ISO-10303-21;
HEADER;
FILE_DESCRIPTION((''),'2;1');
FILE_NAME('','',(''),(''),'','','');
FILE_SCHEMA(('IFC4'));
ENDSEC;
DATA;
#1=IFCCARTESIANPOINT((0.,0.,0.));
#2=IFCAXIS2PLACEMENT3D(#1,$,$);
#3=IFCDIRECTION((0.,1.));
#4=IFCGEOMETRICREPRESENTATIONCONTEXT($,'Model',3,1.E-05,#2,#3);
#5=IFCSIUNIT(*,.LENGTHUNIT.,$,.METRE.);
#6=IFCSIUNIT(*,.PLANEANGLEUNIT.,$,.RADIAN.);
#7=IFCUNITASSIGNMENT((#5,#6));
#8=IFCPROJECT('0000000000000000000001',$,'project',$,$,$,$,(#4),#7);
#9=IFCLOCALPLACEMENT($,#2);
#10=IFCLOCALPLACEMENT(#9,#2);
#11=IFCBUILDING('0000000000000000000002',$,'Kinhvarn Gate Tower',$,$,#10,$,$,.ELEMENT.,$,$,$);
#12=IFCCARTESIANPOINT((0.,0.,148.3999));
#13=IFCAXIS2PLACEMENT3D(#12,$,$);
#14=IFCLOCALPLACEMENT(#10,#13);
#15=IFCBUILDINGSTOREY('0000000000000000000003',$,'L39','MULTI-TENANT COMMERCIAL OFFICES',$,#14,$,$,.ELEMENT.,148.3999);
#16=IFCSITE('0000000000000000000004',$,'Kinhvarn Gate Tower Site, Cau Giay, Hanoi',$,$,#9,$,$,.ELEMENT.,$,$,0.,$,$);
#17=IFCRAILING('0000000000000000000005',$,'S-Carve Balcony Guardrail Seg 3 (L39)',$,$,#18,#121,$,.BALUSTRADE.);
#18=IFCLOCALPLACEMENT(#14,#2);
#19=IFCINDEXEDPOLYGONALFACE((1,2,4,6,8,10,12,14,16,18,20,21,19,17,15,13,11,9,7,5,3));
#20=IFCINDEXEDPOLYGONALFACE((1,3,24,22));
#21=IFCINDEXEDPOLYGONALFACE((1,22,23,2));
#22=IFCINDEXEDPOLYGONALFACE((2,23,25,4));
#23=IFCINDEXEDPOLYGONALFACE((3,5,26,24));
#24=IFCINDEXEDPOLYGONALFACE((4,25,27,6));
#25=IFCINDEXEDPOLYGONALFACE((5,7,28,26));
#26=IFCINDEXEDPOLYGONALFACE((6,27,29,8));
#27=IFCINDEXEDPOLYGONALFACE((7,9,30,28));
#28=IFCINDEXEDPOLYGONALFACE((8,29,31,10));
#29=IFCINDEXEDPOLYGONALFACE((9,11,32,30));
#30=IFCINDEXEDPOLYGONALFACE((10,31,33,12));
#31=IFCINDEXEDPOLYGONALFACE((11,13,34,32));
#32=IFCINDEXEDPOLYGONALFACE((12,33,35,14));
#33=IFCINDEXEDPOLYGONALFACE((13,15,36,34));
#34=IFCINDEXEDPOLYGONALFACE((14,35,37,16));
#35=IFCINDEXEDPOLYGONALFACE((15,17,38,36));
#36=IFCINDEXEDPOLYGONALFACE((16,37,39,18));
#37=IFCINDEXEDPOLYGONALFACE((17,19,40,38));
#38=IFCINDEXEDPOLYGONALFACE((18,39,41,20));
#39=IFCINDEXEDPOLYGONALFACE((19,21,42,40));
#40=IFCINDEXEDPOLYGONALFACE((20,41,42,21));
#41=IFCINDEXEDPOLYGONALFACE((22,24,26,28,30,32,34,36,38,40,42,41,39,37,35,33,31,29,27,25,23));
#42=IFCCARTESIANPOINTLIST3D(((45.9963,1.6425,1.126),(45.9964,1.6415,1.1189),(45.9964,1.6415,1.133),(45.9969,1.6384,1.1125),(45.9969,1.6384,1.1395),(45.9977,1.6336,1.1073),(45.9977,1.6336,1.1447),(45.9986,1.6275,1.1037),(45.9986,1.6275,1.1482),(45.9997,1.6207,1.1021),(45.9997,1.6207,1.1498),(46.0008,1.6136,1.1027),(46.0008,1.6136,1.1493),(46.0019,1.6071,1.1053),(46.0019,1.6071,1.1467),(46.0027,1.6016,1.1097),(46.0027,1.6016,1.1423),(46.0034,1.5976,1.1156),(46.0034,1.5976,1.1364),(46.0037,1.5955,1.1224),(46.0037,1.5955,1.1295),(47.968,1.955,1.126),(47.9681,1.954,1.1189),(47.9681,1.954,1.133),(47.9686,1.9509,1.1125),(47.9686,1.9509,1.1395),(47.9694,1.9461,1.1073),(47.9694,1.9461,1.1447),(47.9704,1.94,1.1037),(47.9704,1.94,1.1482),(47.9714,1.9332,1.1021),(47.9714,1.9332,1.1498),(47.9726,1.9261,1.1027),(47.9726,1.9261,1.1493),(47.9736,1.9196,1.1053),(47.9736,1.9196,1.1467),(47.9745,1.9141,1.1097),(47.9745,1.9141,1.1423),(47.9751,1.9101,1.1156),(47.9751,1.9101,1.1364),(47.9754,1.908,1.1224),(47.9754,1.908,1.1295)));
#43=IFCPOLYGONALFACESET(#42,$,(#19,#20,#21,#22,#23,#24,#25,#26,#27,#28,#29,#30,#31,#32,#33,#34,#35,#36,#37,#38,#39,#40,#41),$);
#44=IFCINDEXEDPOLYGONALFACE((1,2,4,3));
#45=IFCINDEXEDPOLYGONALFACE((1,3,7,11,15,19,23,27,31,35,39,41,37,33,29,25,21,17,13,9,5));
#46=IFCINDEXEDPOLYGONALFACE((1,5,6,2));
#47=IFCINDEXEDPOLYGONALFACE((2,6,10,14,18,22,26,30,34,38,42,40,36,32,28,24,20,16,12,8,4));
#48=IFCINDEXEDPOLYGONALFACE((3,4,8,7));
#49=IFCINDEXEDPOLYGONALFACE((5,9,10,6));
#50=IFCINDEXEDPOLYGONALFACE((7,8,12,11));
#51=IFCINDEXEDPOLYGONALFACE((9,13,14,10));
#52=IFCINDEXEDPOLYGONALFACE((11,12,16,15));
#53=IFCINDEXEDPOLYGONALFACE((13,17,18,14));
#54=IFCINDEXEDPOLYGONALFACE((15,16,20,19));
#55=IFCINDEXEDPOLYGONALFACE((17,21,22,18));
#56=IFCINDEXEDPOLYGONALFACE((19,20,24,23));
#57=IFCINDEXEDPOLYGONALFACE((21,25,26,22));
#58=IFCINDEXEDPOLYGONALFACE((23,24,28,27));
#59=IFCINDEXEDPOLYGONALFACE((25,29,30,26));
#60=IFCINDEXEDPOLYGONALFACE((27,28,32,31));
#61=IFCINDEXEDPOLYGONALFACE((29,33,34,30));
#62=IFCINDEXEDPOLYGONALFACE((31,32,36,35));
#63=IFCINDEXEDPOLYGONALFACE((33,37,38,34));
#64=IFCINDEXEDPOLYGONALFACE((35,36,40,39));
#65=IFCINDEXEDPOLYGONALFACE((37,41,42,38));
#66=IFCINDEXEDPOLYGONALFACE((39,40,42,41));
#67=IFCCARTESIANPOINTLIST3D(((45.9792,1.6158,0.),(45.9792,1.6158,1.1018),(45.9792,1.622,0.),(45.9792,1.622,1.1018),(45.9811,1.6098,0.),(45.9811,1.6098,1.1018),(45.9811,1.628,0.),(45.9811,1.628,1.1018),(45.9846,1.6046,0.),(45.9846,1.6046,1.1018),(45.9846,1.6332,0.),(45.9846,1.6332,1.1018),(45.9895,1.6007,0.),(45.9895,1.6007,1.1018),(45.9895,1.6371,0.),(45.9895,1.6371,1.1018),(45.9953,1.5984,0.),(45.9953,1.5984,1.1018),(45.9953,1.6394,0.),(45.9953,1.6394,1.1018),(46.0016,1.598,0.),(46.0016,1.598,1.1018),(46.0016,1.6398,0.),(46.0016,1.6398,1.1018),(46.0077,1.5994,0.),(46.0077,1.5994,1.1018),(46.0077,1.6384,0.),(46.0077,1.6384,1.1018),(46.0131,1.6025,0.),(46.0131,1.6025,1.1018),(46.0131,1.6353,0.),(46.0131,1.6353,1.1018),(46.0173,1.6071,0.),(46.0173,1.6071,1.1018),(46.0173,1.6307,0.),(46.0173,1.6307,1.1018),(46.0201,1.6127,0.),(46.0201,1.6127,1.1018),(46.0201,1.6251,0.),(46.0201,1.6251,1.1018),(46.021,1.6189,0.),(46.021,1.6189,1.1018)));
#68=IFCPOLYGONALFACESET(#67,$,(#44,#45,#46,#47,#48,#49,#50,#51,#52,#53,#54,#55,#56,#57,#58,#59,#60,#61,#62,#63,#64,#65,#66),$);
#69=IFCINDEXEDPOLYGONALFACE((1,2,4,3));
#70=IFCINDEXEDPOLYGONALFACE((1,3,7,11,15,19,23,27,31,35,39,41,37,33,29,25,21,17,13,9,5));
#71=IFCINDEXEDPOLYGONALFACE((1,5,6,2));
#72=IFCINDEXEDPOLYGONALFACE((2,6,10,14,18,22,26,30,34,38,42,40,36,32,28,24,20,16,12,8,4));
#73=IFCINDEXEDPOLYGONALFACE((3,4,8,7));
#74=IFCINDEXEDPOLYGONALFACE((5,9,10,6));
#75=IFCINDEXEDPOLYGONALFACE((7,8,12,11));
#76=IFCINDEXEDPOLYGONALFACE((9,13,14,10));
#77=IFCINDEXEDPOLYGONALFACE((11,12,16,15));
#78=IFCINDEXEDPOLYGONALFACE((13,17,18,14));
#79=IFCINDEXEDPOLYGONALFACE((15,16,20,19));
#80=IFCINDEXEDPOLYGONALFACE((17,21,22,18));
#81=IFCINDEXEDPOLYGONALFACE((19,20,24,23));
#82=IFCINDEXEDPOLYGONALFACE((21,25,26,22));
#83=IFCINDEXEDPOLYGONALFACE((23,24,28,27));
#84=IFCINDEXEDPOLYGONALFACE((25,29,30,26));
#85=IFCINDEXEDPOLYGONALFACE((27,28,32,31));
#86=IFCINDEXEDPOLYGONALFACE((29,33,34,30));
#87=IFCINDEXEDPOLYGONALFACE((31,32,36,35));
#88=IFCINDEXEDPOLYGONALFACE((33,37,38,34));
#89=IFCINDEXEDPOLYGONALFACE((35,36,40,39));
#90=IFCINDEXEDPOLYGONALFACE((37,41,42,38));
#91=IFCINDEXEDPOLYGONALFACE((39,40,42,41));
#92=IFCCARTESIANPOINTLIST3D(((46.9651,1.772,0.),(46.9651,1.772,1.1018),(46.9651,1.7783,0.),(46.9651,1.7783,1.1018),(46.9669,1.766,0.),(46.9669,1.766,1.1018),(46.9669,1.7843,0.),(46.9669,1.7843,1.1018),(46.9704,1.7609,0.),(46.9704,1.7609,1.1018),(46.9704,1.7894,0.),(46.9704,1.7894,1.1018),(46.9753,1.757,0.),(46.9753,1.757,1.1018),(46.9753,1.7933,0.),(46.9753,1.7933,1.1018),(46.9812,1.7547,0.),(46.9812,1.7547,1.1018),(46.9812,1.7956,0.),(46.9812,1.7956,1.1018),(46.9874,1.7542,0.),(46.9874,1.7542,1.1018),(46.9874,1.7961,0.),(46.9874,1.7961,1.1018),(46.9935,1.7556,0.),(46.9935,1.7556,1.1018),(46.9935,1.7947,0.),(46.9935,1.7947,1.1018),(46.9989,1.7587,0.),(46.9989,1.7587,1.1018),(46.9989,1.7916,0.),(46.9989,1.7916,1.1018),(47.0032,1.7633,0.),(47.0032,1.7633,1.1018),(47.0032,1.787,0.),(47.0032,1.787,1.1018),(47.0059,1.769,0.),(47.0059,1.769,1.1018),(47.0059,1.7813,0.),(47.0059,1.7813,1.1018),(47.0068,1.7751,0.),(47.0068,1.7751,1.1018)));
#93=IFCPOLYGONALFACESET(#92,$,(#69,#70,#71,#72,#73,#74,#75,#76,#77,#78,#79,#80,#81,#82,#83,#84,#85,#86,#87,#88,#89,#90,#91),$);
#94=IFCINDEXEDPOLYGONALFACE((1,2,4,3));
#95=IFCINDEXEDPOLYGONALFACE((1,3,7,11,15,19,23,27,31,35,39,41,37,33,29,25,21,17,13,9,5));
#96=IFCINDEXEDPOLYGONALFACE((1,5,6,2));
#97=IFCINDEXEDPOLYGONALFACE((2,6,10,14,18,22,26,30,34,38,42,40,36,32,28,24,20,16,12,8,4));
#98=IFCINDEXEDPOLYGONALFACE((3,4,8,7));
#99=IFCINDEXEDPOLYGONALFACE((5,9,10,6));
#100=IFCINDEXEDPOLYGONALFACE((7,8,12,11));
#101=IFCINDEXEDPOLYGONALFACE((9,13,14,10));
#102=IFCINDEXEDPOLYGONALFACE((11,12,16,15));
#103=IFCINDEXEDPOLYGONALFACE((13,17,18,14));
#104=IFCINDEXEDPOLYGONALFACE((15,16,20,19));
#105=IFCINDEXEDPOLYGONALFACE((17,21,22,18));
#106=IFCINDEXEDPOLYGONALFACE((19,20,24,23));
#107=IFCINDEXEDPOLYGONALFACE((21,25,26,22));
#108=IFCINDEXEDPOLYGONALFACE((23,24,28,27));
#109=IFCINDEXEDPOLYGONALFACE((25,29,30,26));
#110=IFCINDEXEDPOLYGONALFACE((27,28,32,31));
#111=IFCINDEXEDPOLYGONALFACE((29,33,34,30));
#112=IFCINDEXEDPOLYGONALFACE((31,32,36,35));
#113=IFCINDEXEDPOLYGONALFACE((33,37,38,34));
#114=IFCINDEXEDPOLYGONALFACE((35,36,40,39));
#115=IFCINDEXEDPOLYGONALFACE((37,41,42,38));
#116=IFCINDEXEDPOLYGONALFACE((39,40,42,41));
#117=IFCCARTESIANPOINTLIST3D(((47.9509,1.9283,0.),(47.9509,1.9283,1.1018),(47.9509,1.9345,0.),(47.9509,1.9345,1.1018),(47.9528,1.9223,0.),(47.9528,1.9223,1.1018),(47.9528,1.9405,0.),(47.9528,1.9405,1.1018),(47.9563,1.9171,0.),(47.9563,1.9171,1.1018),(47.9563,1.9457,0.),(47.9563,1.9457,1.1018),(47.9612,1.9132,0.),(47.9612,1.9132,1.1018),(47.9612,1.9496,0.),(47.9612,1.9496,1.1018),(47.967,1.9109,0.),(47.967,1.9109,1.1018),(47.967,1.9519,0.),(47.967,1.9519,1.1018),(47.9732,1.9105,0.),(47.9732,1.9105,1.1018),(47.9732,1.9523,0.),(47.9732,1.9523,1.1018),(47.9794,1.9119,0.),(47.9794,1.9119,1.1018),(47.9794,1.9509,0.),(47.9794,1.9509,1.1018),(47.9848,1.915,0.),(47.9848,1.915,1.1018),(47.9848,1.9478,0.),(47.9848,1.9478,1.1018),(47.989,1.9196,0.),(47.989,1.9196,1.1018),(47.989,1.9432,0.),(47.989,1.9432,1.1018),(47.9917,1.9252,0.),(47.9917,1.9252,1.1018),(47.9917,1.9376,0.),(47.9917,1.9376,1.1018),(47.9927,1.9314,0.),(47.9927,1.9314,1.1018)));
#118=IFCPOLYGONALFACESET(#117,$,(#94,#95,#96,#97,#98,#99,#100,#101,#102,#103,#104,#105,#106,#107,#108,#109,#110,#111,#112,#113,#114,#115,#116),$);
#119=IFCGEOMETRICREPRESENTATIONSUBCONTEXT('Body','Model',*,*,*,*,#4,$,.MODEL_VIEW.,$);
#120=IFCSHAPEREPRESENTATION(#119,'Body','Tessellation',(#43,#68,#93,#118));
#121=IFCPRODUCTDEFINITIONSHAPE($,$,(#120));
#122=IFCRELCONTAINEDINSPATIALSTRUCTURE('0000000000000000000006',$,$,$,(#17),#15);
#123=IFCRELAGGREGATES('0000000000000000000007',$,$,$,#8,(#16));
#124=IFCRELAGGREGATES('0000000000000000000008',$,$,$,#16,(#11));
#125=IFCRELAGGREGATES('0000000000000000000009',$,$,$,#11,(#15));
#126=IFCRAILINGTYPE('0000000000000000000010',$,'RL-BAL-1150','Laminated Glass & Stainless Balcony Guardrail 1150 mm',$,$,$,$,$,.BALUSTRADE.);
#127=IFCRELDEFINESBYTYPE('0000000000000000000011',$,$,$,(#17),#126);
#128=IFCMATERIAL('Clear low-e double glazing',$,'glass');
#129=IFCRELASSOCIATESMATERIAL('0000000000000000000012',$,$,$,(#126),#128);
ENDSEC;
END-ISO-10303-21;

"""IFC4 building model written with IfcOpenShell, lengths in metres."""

from ifc_helpers import new_model, si_unit, direction, frame, origin, origin_2d, place, context, subcontext, project, spatial, circle, extrude, material, type_object, element, save


model = new_model("IFC4")

# Units and contexts
model_context = context("Model", 3, precision=1e-05, world=origin(), true_north=direction((0.0, 1.0)))
body_context = subcontext(model_context, "Body", "Model", "MODEL_VIEW")
ifc_project = project(units=[si_unit("LENGTHUNIT", "METRE"), si_unit("PLANEANGLEUNIT", "RADIAN")], contexts=[model_context])

# Site, building, storey
site_placement = place(None, origin())
site = spatial("IfcSite", under=ifc_project, at=site_placement, Name="Kinhvarn Gate Tower Site, Cau Giay, Hanoi", CompositionType="ELEMENT", RefElevation=0.0)
building_placement = place(site_placement, origin())
building = spatial("IfcBuilding", under=site, at=building_placement, Name="Kinhvarn Gate Tower", CompositionType="ELEMENT")
storey_placement = place(building_placement, frame((0.0, 0.0, 148.3999)))
storey = spatial("IfcBuildingStorey", under=building, at=storey_placement, Name="L39", Description="MULTI-TENANT COMMERCIAL OFFICES", CompositionType="ELEMENT", Elevation=148.3999)

# Shared definitions
ifc_material_1 = material(Name="Clear low-e double glazing", Category="glass")

# Railing
railing_type = type_object("IfcRailingType", Name="RL-BAL-1150", Description="Laminated Glass & Stainless Balcony Guardrail 1150 mm", PredefinedType="BALUSTRADE", material=ifc_material_1)
railing_1_placement = place(storey_placement, frame((46.0, 1.6189, 0.0)))
element("IfcRailing", 1, at=railing_1_placement, inside=storey, type_object=railing_type, Name="S-Carve Balcony Guardrail Seg 3 (L39)", PredefinedType="BALUSTRADE", context=body_context, shape_type="SweptSolid", body=[
    extrude(circle(Radius=0.0239, at=origin_2d()), frame((0.0, 0.0, 1.126), z_axis=(0.987672, 0.15654, 0.0), x_axis=(-0.15654, 0.987672, 0.0)), (0.0, 0.0, 1.0), 1.9963),
    extrude(circle(Radius=0.021, at=origin_2d()), origin(), (0.0, 0.0, 1.0), 1.1018),
    extrude(circle(Radius=0.021, at=origin_2d()), frame((0.9858, 0.1562, 0.0)), (0.0, 0.0, 1.0), 1.1018),
    extrude(circle(Radius=0.021, at=origin_2d()), frame((1.9717, 0.3125, 0.0)), (0.0, 0.0, 1.0), 1.1018),
])

save(model, "model.ifc")
